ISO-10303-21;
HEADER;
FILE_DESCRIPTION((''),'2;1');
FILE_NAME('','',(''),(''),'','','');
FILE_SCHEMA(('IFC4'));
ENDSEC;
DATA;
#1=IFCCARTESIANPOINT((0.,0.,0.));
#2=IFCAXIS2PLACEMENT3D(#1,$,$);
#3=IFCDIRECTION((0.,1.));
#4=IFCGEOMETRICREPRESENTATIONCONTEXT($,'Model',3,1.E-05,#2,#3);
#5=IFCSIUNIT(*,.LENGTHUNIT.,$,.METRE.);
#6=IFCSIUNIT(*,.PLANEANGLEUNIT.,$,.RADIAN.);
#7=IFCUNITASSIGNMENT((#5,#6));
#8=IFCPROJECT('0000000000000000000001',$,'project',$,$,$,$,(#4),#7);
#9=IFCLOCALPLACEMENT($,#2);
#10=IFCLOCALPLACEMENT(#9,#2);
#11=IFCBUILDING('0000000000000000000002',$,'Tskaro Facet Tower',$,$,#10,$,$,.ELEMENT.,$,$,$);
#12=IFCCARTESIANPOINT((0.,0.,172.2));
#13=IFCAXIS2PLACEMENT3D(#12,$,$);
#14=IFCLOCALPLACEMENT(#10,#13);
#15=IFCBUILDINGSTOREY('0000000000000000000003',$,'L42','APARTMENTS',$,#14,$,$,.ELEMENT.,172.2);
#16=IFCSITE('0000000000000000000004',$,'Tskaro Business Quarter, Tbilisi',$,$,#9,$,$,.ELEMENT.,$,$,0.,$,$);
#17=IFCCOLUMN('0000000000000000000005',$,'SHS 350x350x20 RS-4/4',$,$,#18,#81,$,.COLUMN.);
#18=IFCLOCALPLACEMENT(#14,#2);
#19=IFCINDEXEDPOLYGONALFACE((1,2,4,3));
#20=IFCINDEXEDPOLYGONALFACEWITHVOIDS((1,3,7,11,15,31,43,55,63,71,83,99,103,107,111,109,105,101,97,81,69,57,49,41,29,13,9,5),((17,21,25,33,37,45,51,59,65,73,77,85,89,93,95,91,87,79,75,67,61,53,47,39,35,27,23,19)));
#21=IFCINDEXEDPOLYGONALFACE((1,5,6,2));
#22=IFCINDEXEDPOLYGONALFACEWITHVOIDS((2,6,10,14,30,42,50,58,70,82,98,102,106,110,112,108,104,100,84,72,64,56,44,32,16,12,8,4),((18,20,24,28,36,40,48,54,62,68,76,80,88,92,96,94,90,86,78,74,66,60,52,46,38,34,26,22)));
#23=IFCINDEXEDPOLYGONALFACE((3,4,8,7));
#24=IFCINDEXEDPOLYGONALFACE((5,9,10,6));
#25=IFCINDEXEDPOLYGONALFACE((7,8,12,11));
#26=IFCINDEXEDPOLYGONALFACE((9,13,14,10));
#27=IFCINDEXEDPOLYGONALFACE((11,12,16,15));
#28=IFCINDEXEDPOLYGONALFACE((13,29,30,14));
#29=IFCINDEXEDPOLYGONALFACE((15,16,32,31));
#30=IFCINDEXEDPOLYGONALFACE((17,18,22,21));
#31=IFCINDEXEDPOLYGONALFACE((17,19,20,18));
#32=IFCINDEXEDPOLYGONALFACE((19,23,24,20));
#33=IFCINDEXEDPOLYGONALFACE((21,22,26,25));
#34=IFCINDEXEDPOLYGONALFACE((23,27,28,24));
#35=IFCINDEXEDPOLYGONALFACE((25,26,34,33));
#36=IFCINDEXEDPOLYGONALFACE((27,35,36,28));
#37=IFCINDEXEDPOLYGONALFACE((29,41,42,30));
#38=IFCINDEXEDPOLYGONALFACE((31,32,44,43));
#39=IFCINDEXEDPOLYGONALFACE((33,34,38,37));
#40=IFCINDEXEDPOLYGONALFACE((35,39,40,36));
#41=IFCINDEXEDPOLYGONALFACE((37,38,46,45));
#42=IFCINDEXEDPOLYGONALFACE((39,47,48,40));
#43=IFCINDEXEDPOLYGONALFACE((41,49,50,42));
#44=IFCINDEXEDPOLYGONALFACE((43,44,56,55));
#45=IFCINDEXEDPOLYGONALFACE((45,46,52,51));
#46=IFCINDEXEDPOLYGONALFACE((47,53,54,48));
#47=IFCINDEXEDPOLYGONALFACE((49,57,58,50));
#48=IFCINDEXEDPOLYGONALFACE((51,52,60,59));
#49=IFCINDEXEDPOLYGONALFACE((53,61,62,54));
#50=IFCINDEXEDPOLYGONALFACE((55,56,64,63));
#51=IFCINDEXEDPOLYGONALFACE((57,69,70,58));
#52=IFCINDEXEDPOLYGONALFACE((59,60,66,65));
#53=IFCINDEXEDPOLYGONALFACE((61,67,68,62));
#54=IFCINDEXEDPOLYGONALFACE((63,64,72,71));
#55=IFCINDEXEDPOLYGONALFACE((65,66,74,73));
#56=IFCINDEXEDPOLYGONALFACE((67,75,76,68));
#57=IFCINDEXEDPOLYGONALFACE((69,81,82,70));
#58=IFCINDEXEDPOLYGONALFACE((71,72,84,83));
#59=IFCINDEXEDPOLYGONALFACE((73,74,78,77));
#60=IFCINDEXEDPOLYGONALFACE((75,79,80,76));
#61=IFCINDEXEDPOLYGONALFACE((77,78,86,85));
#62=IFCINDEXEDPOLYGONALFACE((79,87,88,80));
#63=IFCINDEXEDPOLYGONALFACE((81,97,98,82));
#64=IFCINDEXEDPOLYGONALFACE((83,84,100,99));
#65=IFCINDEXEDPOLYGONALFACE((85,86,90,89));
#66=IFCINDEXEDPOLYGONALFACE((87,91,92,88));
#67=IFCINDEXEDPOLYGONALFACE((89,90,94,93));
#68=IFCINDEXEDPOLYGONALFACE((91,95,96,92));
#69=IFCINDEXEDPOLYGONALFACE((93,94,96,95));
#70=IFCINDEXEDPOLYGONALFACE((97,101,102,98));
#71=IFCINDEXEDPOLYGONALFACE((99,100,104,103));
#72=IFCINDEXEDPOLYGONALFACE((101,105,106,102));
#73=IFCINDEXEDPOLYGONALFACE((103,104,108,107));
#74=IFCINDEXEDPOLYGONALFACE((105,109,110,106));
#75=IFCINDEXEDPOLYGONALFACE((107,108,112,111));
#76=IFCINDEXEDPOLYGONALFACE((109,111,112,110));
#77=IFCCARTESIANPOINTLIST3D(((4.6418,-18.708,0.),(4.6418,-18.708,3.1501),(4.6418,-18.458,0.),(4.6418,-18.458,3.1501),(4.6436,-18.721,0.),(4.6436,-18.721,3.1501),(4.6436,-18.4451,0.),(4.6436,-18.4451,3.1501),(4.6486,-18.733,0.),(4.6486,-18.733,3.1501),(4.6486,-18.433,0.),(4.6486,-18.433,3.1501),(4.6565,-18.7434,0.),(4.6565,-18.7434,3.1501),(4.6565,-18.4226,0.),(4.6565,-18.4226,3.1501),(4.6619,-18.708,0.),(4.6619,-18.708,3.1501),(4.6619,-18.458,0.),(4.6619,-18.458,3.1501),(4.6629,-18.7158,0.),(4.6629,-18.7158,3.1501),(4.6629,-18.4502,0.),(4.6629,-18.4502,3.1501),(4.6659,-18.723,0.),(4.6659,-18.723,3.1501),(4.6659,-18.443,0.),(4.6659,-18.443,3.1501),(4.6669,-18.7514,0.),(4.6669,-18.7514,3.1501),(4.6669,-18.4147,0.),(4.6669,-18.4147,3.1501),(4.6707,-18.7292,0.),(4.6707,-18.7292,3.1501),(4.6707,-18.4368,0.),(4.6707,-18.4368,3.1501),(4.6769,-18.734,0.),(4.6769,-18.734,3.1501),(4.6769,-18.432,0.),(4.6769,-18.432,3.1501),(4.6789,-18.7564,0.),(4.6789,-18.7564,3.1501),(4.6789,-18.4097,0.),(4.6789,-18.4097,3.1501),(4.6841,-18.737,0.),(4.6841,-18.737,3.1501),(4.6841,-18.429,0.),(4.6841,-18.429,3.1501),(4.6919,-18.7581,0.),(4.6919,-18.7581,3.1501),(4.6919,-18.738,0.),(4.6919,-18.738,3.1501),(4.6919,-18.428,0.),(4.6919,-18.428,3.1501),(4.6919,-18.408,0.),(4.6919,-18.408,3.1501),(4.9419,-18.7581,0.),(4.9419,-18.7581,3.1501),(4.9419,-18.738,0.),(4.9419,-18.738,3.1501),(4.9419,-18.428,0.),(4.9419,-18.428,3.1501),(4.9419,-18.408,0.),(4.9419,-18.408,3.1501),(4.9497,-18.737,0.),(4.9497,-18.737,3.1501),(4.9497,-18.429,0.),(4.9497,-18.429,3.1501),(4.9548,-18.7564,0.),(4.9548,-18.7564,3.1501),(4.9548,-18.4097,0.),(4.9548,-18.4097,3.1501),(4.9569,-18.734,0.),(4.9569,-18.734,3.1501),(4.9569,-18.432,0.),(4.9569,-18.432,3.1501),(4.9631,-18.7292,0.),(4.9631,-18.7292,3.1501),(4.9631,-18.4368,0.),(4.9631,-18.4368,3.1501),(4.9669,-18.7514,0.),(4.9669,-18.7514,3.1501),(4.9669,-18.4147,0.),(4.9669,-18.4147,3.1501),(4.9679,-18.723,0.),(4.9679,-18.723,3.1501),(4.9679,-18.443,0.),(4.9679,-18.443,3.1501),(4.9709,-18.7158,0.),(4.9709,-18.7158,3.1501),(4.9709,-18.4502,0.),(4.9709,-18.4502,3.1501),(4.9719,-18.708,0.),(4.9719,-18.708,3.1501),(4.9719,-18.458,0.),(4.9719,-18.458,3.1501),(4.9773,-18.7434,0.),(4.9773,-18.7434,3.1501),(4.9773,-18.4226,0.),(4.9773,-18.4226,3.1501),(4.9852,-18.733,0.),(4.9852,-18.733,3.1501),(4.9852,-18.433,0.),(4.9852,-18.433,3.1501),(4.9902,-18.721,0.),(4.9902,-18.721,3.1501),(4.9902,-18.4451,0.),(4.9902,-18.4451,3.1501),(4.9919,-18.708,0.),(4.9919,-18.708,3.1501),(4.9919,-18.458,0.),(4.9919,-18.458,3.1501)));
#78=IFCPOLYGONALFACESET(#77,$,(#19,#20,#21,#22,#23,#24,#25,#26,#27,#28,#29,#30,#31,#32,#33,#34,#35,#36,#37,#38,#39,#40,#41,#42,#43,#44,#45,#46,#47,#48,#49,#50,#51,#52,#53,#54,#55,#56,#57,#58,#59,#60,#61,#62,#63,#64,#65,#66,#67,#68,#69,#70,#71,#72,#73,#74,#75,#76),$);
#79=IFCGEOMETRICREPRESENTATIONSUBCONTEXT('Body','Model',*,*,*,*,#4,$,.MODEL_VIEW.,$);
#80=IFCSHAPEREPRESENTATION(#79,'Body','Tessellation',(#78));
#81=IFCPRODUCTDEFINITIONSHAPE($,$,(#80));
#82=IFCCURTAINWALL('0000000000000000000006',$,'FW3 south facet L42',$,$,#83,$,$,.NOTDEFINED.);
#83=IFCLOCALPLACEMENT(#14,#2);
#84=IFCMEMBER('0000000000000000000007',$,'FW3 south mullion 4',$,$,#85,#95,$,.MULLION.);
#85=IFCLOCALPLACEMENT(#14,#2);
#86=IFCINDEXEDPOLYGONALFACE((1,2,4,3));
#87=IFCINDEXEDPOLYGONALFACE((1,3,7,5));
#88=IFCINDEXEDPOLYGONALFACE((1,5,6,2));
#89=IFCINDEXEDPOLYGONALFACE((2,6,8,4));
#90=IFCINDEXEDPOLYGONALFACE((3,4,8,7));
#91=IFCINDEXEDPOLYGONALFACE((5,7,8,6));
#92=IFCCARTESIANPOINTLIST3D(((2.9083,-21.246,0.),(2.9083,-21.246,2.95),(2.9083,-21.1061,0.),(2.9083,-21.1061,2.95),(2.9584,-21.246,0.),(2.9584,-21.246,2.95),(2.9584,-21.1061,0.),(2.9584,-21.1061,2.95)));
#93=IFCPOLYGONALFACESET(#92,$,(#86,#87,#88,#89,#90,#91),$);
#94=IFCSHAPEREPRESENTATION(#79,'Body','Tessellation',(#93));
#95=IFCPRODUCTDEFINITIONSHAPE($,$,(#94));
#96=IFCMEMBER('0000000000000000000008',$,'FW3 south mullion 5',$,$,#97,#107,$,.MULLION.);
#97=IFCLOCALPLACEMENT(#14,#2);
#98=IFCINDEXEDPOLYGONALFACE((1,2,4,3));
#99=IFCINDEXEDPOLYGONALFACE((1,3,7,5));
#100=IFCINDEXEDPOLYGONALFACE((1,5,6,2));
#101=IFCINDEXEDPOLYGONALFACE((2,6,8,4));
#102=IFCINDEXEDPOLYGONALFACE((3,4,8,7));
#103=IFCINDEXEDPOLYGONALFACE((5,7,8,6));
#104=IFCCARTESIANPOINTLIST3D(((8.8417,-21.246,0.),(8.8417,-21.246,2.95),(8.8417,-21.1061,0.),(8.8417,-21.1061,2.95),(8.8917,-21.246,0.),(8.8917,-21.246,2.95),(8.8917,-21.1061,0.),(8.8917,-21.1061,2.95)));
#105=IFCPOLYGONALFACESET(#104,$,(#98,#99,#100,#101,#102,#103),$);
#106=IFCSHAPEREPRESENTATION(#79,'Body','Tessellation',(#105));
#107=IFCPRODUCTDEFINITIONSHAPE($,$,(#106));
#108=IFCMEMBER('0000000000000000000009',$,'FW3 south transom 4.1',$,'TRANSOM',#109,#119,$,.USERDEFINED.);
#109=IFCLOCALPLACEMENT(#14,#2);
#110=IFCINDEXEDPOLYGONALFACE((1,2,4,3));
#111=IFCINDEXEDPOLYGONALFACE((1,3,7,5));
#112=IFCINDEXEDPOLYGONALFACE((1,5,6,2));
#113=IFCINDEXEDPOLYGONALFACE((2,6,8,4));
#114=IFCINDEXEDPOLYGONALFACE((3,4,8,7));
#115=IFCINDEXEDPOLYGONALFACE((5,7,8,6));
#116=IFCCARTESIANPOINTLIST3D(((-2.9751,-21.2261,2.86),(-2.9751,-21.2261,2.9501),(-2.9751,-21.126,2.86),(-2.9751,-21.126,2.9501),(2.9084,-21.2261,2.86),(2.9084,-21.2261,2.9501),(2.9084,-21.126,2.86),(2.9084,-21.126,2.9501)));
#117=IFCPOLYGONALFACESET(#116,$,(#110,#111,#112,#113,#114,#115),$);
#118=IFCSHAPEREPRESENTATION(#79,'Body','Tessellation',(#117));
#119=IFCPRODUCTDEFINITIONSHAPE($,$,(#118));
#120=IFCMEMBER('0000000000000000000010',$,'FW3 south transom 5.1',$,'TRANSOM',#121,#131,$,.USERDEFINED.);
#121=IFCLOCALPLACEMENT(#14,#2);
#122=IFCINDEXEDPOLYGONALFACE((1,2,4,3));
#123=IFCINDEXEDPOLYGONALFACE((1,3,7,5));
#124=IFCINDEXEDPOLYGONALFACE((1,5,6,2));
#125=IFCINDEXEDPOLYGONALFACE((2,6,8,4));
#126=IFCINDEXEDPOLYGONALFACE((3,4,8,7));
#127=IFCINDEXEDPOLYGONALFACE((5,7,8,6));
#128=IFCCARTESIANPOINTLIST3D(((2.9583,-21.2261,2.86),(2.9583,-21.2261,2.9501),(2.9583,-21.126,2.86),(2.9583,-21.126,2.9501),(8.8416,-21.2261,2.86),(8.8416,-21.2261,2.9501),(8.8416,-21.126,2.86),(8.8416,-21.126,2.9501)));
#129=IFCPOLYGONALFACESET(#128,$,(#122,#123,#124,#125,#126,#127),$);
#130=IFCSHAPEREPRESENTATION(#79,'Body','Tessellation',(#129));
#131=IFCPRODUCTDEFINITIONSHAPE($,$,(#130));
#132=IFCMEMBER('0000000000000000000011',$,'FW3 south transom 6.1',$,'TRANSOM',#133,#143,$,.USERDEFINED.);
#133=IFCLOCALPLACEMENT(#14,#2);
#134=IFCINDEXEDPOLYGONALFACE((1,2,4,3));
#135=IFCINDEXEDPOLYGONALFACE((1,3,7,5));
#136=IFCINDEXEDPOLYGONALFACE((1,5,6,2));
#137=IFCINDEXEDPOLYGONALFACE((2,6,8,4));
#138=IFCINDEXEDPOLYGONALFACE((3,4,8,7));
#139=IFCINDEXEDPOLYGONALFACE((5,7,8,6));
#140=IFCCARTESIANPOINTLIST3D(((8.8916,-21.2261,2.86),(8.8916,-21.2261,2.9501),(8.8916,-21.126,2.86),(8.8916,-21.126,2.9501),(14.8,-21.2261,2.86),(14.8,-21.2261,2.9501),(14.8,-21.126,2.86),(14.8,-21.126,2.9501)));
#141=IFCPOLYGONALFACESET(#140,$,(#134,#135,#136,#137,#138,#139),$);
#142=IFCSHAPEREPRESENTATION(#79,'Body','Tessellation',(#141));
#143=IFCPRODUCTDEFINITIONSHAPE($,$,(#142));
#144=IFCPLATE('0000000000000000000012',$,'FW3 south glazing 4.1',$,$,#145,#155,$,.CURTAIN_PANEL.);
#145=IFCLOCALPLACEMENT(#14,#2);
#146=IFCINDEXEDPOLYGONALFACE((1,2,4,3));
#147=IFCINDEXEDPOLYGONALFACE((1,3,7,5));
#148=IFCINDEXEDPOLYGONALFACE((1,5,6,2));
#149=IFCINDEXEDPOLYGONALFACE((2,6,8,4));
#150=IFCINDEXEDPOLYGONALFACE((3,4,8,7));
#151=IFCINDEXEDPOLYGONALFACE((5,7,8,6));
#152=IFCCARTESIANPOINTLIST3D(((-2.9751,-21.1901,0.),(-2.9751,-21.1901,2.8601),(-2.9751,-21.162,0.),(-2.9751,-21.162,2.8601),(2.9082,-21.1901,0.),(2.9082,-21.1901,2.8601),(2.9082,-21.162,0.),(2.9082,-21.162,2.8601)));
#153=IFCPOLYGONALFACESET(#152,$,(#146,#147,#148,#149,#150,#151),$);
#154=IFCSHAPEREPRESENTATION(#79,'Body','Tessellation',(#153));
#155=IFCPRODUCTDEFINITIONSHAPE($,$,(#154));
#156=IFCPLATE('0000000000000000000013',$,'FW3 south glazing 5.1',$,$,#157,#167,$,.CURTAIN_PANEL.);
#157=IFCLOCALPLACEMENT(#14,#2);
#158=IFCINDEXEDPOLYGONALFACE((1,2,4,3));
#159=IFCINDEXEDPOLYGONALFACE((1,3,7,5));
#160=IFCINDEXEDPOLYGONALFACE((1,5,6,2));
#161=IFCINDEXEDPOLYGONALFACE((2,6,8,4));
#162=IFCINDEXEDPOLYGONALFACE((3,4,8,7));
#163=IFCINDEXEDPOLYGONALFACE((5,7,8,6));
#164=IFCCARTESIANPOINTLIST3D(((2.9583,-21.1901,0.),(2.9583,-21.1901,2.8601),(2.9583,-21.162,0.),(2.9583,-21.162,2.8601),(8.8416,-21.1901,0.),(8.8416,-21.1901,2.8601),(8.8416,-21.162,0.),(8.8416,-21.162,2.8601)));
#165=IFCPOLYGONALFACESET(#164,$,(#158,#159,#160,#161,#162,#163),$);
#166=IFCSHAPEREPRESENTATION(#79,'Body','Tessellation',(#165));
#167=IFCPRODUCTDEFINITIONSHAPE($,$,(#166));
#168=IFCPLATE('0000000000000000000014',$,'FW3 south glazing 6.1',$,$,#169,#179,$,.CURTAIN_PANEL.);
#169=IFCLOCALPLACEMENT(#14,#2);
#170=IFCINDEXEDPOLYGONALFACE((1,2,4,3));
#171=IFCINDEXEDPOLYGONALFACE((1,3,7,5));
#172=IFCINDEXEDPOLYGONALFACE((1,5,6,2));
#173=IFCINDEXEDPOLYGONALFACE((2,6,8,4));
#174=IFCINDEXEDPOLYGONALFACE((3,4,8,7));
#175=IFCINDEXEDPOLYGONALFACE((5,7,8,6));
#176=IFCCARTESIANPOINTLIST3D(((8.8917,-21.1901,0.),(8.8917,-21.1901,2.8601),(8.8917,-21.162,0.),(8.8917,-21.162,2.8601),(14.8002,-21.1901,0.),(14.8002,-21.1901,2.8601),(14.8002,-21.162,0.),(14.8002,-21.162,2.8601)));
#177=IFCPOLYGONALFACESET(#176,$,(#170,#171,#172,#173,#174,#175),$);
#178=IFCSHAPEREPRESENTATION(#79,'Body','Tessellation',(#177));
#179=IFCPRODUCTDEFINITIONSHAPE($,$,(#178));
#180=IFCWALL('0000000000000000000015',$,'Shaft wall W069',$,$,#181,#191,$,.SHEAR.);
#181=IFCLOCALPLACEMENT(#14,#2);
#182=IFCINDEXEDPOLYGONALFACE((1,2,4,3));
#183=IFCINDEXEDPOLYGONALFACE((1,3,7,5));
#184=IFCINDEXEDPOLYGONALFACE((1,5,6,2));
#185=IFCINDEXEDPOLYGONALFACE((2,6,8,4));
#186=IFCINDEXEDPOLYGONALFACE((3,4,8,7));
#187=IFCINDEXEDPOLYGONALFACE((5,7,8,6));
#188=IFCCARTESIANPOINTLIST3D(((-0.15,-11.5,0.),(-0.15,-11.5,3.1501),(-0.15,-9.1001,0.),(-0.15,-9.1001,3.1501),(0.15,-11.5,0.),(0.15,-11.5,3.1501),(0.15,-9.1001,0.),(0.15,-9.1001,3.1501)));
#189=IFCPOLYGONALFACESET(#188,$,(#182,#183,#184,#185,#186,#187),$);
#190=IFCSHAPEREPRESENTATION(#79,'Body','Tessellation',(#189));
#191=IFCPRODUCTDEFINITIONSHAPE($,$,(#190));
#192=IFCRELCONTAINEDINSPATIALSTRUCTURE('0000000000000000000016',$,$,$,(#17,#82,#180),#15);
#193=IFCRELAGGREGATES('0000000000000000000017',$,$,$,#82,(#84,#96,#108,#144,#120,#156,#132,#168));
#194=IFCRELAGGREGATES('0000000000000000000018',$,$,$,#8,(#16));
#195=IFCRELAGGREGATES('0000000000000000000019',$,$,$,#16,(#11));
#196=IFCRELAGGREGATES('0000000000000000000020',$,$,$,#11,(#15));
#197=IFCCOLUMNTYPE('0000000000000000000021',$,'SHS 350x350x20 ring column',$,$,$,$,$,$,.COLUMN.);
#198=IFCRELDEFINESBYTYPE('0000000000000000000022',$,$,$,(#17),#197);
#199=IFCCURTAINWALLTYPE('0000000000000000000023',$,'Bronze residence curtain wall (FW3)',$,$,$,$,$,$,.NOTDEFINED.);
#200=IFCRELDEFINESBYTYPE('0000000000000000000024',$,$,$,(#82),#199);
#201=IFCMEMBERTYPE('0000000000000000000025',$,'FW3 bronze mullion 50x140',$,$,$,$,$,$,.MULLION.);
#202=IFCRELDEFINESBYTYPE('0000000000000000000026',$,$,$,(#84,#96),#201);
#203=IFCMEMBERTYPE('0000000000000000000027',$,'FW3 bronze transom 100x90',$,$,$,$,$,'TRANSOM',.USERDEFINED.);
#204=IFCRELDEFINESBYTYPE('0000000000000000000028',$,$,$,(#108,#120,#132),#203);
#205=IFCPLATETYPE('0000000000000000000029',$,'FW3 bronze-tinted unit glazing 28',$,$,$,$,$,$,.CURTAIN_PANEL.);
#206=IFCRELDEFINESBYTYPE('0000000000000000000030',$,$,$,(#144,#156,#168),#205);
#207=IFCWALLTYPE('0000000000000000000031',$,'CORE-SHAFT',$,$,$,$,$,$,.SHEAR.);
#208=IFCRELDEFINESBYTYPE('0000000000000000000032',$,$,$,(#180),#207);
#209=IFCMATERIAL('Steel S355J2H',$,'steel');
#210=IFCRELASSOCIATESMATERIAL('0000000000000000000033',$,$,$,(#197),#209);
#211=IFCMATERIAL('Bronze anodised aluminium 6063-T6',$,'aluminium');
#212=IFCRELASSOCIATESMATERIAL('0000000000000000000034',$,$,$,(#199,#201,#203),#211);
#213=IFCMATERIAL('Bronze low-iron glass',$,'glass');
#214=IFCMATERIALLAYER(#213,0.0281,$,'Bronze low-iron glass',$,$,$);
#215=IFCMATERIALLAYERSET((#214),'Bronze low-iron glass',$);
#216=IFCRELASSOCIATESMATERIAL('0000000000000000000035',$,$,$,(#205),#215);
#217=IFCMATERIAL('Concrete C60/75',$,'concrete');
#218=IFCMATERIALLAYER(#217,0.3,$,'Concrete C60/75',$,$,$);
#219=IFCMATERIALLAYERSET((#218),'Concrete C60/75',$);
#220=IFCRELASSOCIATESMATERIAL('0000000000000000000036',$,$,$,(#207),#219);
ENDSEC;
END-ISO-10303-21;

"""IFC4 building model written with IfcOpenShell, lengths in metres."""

from ifc_helpers import new_model, si_unit, direction, frame, frame_2d, origin, origin_2d, place, context, subcontext, project, spatial, rectangle, hollow_rectangle, extrude, material, layer, layer_set, material_profile, profile_set, type_object, element, aggregate, save


model = new_model("IFC4")

# Units and contexts
model_context = context("Model", 3, precision=1e-05, world=origin(), true_north=direction((0.0, 1.0)))
body_context = subcontext(model_context, "Body", "Model", "MODEL_VIEW")
ifc_project = project(units=[si_unit("LENGTHUNIT", "METRE"), si_unit("PLANEANGLEUNIT", "RADIAN")], contexts=[model_context])

# Site, building, storey
site_placement = place(None, origin())
site = spatial("IfcSite", under=ifc_project, at=site_placement, Name="Tskaro Business Quarter, Tbilisi", CompositionType="ELEMENT", RefElevation=0.0)
building_placement = place(site_placement, origin())
building = spatial("IfcBuilding", under=site, at=building_placement, Name="Tskaro Facet Tower", CompositionType="ELEMENT")
storey_placement = place(building_placement, frame((0.0, 0.0, 172.2)))
storey = spatial("IfcBuildingStorey", under=building, at=storey_placement, Name="L42", Description="APARTMENTS", CompositionType="ELEMENT", Elevation=172.2)

# Column
ifc_material_1 = material(Name="Steel S355J2H", Category="steel")
ifc_material_profile_1 = material_profile(ifc_material_1, hollow_rectangle(XDim=0.3501, YDim=0.3501, WallThickness=0.02, InnerFilletRadius=0.03, OuterFilletRadius=0.05, at=origin_2d()), Name="SHS 350x350x20")
ifc_profile_set_1 = profile_set([ifc_material_profile_1], Name="Steel S355J2H")
column_type = type_object("IfcColumnType", Name="SHS 350x350x20 ring column", PredefinedType="COLUMN", material=ifc_profile_set_1)
column_placement = place(storey_placement, frame((4.8169, -18.583, 0.0), z_axis=(0.0, 0.0, 1.0), x_axis=(1.0, 0.0, 0.0)))
element("IfcColumn", 1, at=column_placement, inside=storey, type_object=column_type, Name="SHS 350x350x20 RS-4/4", PredefinedType="COLUMN", context=body_context, shape_type="SweptSolid", body=[
    extrude(hollow_rectangle(XDim=0.3501, YDim=0.3501, WallThickness=0.02, InnerFilletRadius=0.03, OuterFilletRadius=0.05, at=origin_2d()), origin(), (0.0, 0.0, 1.0), 3.1501),
])

# Curtain wall, members, plates
ifc_material_2 = material(Name="Bronze anodised aluminium 6063-T6", Category="aluminium")
curtain_wall_type = type_object("IfcCurtainWallType", Name="Bronze residence curtain wall (FW3)", PredefinedType="NOTDEFINED", material=ifc_material_2)
curtain_wall_placement = place(storey_placement, origin())
curtain_wall = element("IfcCurtainWall", 2, at=curtain_wall_placement, inside=storey, type_object=curtain_wall_type, Name="FW3 south facet L42", PredefinedType="NOTDEFINED")
ifc_material_profile_2 = material_profile(ifc_material_2, rectangle(XDim=0.05, YDim=0.1399, at=origin_2d()), Name="Mullion 50x140")
ifc_profile_set_2 = profile_set([ifc_material_profile_2], Name="Bronze anodised aluminium 6063-T6")
member_type_1 = type_object("IfcMemberType", Name="FW3 bronze mullion 50x140", PredefinedType="MULLION", material=ifc_profile_set_2)
member_1_placement = place(storey_placement, frame((2.9333, -21.176, 0.0), z_axis=(0.0, 0.0, 1.0), x_axis=(1.0, 0.0, 0.0)))
member_1 = element("IfcMember", 3, at=member_1_placement, type_object=member_type_1, Name="FW3 south mullion 4", PredefinedType="MULLION", context=body_context, shape_type="SweptSolid", body=[
    extrude(rectangle(XDim=0.05, YDim=0.1399, at=origin_2d()), origin(), (0.0, 0.0, 1.0), 2.95),
])
member_2_placement = place(storey_placement, frame((8.8667, -21.176, 0.0), z_axis=(0.0, 0.0, 1.0), x_axis=(1.0, 0.0, 0.0)))
member_2 = element("IfcMember", 4, at=member_2_placement, type_object=member_type_1, Name="FW3 south mullion 5", PredefinedType="MULLION", context=body_context, shape_type="SweptSolid", body=[
    extrude(rectangle(XDim=0.05, YDim=0.1399, at=origin_2d()), origin(), (0.0, 0.0, 1.0), 2.95),
])
ifc_material_profile_3 = material_profile(ifc_material_2, rectangle(XDim=0.1001, YDim=0.0901, at=origin_2d()), Name="Transom 100x90")
ifc_profile_set_3 = profile_set([ifc_material_profile_3], Name="Bronze anodised aluminium 6063-T6")
member_type_2 = type_object("IfcMemberType", Name="FW3 bronze transom 100x90", ElementType="TRANSOM", PredefinedType="USERDEFINED", material=ifc_profile_set_3)
member_3_placement = place(storey_placement, frame((-2.9751, -21.176, 2.905), z_axis=(1.0, 0.0, 0.0), x_axis=(0.0, 1.0, 0.0)))
member_3 = element("IfcMember", 5, at=member_3_placement, type_object=member_type_2, Name="FW3 south transom 4.1", ObjectType="TRANSOM", PredefinedType="USERDEFINED", context=body_context, shape_type="SweptSolid", body=[
    extrude(rectangle(XDim=0.1001, YDim=0.0901, at=origin_2d()), origin(), (0.0, 0.0, 1.0), 5.8835),
])
member_4_placement = place(storey_placement, frame((2.9583, -21.176, 2.905), z_axis=(1.0, 0.0, 0.0), x_axis=(0.0, 1.0, 0.0)))
member_4 = element("IfcMember", 6, at=member_4_placement, type_object=member_type_2, Name="FW3 south transom 5.1", ObjectType="TRANSOM", PredefinedType="USERDEFINED", context=body_context, shape_type="SweptSolid", body=[
    extrude(rectangle(XDim=0.1001, YDim=0.0901, at=origin_2d()), origin(), (0.0, 0.0, 1.0), 5.8833),
])
member_5_placement = place(storey_placement, frame((8.8916, -21.176, 2.905), z_axis=(1.0, 0.0, 0.0), x_axis=(0.0, 1.0, 0.0)))
member_5 = element("IfcMember", 7, at=member_5_placement, type_object=member_type_2, Name="FW3 south transom 6.1", ObjectType="TRANSOM", PredefinedType="USERDEFINED", context=body_context, shape_type="SweptSolid", body=[
    extrude(rectangle(XDim=0.1001, YDim=0.0901, at=origin_2d()), origin(), (0.0, 0.0, 1.0), 5.9084),
])
ifc_material_3 = material(Name="Bronze low-iron glass", Category="glass")
ifc_layer_1 = layer(ifc_material_3, 0.0281, Name="Bronze low-iron glass")
ifc_layer_set_1 = layer_set([ifc_layer_1], Name="Bronze low-iron glass")
plate_type = type_object("IfcPlateType", Name="FW3 bronze-tinted unit glazing 28", PredefinedType="CURTAIN_PANEL", material=ifc_layer_set_1)
plate_1_placement = place(storey_placement, frame((-0.0334, -21.176, 0.0), z_axis=(0.0, 0.0, 1.0), x_axis=(1.0, 0.0, 0.0)))
plate_1 = element("IfcPlate", 8, at=plate_1_placement, type_object=plate_type, Name="FW3 south glazing 4.1", PredefinedType="CURTAIN_PANEL", context=body_context, shape_type="SweptSolid", body=[
    extrude(rectangle(XDim=5.8833, YDim=0.0281, at=origin_2d()), origin(), (0.0, 0.0, 1.0), 2.8601),
])
plate_2_placement = place(storey_placement, frame((5.8999, -21.176, 0.0), z_axis=(0.0, 0.0, 1.0), x_axis=(1.0, 0.0, 0.0)))
plate_2 = element("IfcPlate", 9, at=plate_2_placement, type_object=plate_type, Name="FW3 south glazing 5.1", PredefinedType="CURTAIN_PANEL", context=body_context, shape_type="SweptSolid", body=[
    extrude(rectangle(XDim=5.8833, YDim=0.0281, at=origin_2d()), origin(), (0.0, 0.0, 1.0), 2.8601),
])
plate_3_placement = place(storey_placement, frame((11.8459, -21.176, 0.0), z_axis=(0.0, 0.0, 1.0), x_axis=(1.0, 0.0, 0.0)))
plate_3 = element("IfcPlate", 10, at=plate_3_placement, type_object=plate_type, Name="FW3 south glazing 6.1", PredefinedType="CURTAIN_PANEL", context=body_context, shape_type="SweptSolid", body=[
    extrude(rectangle(XDim=5.9084, YDim=0.0281, at=origin_2d()), origin(), (0.0, 0.0, 1.0), 2.8601),
])
aggregate(curtain_wall, [member_1, member_2, member_3, plate_1, member_4, plate_2, member_5, plate_3])

# Wall
ifc_material_4 = material(Name="Concrete C60/75", Category="concrete")
ifc_layer_2 = layer(ifc_material_4, 0.3, Name="Concrete C60/75")
ifc_layer_set_2 = layer_set([ifc_layer_2], Name="Concrete C60/75")
wall_type_1 = type_object("IfcWallType", Name="CORE-SHAFT", PredefinedType="SHEAR", material=ifc_layer_set_2)
for number, where, z_axis, x_axis, name in (
    (11, (0.0, -11.5, 0.0), (0.0, 0.0, 1.0), (0.0, 1.0, 0.0), "Shaft wall W069"),
):
    element("IfcWall", number, at=place(storey_placement, frame(where, z_axis=z_axis, x_axis=x_axis)), inside=storey, type_object=wall_type_1, Name=name, PredefinedType="SHEAR", context=body_context, shape_type="SweptSolid", body=[
        extrude(rectangle(XDim=2.3999, YDim=0.3, at=frame_2d((1.2, 0.0))), origin(), (0.0, 0.0, 1.0), 3.1501),
    ])

save(model, "model.ifc")
